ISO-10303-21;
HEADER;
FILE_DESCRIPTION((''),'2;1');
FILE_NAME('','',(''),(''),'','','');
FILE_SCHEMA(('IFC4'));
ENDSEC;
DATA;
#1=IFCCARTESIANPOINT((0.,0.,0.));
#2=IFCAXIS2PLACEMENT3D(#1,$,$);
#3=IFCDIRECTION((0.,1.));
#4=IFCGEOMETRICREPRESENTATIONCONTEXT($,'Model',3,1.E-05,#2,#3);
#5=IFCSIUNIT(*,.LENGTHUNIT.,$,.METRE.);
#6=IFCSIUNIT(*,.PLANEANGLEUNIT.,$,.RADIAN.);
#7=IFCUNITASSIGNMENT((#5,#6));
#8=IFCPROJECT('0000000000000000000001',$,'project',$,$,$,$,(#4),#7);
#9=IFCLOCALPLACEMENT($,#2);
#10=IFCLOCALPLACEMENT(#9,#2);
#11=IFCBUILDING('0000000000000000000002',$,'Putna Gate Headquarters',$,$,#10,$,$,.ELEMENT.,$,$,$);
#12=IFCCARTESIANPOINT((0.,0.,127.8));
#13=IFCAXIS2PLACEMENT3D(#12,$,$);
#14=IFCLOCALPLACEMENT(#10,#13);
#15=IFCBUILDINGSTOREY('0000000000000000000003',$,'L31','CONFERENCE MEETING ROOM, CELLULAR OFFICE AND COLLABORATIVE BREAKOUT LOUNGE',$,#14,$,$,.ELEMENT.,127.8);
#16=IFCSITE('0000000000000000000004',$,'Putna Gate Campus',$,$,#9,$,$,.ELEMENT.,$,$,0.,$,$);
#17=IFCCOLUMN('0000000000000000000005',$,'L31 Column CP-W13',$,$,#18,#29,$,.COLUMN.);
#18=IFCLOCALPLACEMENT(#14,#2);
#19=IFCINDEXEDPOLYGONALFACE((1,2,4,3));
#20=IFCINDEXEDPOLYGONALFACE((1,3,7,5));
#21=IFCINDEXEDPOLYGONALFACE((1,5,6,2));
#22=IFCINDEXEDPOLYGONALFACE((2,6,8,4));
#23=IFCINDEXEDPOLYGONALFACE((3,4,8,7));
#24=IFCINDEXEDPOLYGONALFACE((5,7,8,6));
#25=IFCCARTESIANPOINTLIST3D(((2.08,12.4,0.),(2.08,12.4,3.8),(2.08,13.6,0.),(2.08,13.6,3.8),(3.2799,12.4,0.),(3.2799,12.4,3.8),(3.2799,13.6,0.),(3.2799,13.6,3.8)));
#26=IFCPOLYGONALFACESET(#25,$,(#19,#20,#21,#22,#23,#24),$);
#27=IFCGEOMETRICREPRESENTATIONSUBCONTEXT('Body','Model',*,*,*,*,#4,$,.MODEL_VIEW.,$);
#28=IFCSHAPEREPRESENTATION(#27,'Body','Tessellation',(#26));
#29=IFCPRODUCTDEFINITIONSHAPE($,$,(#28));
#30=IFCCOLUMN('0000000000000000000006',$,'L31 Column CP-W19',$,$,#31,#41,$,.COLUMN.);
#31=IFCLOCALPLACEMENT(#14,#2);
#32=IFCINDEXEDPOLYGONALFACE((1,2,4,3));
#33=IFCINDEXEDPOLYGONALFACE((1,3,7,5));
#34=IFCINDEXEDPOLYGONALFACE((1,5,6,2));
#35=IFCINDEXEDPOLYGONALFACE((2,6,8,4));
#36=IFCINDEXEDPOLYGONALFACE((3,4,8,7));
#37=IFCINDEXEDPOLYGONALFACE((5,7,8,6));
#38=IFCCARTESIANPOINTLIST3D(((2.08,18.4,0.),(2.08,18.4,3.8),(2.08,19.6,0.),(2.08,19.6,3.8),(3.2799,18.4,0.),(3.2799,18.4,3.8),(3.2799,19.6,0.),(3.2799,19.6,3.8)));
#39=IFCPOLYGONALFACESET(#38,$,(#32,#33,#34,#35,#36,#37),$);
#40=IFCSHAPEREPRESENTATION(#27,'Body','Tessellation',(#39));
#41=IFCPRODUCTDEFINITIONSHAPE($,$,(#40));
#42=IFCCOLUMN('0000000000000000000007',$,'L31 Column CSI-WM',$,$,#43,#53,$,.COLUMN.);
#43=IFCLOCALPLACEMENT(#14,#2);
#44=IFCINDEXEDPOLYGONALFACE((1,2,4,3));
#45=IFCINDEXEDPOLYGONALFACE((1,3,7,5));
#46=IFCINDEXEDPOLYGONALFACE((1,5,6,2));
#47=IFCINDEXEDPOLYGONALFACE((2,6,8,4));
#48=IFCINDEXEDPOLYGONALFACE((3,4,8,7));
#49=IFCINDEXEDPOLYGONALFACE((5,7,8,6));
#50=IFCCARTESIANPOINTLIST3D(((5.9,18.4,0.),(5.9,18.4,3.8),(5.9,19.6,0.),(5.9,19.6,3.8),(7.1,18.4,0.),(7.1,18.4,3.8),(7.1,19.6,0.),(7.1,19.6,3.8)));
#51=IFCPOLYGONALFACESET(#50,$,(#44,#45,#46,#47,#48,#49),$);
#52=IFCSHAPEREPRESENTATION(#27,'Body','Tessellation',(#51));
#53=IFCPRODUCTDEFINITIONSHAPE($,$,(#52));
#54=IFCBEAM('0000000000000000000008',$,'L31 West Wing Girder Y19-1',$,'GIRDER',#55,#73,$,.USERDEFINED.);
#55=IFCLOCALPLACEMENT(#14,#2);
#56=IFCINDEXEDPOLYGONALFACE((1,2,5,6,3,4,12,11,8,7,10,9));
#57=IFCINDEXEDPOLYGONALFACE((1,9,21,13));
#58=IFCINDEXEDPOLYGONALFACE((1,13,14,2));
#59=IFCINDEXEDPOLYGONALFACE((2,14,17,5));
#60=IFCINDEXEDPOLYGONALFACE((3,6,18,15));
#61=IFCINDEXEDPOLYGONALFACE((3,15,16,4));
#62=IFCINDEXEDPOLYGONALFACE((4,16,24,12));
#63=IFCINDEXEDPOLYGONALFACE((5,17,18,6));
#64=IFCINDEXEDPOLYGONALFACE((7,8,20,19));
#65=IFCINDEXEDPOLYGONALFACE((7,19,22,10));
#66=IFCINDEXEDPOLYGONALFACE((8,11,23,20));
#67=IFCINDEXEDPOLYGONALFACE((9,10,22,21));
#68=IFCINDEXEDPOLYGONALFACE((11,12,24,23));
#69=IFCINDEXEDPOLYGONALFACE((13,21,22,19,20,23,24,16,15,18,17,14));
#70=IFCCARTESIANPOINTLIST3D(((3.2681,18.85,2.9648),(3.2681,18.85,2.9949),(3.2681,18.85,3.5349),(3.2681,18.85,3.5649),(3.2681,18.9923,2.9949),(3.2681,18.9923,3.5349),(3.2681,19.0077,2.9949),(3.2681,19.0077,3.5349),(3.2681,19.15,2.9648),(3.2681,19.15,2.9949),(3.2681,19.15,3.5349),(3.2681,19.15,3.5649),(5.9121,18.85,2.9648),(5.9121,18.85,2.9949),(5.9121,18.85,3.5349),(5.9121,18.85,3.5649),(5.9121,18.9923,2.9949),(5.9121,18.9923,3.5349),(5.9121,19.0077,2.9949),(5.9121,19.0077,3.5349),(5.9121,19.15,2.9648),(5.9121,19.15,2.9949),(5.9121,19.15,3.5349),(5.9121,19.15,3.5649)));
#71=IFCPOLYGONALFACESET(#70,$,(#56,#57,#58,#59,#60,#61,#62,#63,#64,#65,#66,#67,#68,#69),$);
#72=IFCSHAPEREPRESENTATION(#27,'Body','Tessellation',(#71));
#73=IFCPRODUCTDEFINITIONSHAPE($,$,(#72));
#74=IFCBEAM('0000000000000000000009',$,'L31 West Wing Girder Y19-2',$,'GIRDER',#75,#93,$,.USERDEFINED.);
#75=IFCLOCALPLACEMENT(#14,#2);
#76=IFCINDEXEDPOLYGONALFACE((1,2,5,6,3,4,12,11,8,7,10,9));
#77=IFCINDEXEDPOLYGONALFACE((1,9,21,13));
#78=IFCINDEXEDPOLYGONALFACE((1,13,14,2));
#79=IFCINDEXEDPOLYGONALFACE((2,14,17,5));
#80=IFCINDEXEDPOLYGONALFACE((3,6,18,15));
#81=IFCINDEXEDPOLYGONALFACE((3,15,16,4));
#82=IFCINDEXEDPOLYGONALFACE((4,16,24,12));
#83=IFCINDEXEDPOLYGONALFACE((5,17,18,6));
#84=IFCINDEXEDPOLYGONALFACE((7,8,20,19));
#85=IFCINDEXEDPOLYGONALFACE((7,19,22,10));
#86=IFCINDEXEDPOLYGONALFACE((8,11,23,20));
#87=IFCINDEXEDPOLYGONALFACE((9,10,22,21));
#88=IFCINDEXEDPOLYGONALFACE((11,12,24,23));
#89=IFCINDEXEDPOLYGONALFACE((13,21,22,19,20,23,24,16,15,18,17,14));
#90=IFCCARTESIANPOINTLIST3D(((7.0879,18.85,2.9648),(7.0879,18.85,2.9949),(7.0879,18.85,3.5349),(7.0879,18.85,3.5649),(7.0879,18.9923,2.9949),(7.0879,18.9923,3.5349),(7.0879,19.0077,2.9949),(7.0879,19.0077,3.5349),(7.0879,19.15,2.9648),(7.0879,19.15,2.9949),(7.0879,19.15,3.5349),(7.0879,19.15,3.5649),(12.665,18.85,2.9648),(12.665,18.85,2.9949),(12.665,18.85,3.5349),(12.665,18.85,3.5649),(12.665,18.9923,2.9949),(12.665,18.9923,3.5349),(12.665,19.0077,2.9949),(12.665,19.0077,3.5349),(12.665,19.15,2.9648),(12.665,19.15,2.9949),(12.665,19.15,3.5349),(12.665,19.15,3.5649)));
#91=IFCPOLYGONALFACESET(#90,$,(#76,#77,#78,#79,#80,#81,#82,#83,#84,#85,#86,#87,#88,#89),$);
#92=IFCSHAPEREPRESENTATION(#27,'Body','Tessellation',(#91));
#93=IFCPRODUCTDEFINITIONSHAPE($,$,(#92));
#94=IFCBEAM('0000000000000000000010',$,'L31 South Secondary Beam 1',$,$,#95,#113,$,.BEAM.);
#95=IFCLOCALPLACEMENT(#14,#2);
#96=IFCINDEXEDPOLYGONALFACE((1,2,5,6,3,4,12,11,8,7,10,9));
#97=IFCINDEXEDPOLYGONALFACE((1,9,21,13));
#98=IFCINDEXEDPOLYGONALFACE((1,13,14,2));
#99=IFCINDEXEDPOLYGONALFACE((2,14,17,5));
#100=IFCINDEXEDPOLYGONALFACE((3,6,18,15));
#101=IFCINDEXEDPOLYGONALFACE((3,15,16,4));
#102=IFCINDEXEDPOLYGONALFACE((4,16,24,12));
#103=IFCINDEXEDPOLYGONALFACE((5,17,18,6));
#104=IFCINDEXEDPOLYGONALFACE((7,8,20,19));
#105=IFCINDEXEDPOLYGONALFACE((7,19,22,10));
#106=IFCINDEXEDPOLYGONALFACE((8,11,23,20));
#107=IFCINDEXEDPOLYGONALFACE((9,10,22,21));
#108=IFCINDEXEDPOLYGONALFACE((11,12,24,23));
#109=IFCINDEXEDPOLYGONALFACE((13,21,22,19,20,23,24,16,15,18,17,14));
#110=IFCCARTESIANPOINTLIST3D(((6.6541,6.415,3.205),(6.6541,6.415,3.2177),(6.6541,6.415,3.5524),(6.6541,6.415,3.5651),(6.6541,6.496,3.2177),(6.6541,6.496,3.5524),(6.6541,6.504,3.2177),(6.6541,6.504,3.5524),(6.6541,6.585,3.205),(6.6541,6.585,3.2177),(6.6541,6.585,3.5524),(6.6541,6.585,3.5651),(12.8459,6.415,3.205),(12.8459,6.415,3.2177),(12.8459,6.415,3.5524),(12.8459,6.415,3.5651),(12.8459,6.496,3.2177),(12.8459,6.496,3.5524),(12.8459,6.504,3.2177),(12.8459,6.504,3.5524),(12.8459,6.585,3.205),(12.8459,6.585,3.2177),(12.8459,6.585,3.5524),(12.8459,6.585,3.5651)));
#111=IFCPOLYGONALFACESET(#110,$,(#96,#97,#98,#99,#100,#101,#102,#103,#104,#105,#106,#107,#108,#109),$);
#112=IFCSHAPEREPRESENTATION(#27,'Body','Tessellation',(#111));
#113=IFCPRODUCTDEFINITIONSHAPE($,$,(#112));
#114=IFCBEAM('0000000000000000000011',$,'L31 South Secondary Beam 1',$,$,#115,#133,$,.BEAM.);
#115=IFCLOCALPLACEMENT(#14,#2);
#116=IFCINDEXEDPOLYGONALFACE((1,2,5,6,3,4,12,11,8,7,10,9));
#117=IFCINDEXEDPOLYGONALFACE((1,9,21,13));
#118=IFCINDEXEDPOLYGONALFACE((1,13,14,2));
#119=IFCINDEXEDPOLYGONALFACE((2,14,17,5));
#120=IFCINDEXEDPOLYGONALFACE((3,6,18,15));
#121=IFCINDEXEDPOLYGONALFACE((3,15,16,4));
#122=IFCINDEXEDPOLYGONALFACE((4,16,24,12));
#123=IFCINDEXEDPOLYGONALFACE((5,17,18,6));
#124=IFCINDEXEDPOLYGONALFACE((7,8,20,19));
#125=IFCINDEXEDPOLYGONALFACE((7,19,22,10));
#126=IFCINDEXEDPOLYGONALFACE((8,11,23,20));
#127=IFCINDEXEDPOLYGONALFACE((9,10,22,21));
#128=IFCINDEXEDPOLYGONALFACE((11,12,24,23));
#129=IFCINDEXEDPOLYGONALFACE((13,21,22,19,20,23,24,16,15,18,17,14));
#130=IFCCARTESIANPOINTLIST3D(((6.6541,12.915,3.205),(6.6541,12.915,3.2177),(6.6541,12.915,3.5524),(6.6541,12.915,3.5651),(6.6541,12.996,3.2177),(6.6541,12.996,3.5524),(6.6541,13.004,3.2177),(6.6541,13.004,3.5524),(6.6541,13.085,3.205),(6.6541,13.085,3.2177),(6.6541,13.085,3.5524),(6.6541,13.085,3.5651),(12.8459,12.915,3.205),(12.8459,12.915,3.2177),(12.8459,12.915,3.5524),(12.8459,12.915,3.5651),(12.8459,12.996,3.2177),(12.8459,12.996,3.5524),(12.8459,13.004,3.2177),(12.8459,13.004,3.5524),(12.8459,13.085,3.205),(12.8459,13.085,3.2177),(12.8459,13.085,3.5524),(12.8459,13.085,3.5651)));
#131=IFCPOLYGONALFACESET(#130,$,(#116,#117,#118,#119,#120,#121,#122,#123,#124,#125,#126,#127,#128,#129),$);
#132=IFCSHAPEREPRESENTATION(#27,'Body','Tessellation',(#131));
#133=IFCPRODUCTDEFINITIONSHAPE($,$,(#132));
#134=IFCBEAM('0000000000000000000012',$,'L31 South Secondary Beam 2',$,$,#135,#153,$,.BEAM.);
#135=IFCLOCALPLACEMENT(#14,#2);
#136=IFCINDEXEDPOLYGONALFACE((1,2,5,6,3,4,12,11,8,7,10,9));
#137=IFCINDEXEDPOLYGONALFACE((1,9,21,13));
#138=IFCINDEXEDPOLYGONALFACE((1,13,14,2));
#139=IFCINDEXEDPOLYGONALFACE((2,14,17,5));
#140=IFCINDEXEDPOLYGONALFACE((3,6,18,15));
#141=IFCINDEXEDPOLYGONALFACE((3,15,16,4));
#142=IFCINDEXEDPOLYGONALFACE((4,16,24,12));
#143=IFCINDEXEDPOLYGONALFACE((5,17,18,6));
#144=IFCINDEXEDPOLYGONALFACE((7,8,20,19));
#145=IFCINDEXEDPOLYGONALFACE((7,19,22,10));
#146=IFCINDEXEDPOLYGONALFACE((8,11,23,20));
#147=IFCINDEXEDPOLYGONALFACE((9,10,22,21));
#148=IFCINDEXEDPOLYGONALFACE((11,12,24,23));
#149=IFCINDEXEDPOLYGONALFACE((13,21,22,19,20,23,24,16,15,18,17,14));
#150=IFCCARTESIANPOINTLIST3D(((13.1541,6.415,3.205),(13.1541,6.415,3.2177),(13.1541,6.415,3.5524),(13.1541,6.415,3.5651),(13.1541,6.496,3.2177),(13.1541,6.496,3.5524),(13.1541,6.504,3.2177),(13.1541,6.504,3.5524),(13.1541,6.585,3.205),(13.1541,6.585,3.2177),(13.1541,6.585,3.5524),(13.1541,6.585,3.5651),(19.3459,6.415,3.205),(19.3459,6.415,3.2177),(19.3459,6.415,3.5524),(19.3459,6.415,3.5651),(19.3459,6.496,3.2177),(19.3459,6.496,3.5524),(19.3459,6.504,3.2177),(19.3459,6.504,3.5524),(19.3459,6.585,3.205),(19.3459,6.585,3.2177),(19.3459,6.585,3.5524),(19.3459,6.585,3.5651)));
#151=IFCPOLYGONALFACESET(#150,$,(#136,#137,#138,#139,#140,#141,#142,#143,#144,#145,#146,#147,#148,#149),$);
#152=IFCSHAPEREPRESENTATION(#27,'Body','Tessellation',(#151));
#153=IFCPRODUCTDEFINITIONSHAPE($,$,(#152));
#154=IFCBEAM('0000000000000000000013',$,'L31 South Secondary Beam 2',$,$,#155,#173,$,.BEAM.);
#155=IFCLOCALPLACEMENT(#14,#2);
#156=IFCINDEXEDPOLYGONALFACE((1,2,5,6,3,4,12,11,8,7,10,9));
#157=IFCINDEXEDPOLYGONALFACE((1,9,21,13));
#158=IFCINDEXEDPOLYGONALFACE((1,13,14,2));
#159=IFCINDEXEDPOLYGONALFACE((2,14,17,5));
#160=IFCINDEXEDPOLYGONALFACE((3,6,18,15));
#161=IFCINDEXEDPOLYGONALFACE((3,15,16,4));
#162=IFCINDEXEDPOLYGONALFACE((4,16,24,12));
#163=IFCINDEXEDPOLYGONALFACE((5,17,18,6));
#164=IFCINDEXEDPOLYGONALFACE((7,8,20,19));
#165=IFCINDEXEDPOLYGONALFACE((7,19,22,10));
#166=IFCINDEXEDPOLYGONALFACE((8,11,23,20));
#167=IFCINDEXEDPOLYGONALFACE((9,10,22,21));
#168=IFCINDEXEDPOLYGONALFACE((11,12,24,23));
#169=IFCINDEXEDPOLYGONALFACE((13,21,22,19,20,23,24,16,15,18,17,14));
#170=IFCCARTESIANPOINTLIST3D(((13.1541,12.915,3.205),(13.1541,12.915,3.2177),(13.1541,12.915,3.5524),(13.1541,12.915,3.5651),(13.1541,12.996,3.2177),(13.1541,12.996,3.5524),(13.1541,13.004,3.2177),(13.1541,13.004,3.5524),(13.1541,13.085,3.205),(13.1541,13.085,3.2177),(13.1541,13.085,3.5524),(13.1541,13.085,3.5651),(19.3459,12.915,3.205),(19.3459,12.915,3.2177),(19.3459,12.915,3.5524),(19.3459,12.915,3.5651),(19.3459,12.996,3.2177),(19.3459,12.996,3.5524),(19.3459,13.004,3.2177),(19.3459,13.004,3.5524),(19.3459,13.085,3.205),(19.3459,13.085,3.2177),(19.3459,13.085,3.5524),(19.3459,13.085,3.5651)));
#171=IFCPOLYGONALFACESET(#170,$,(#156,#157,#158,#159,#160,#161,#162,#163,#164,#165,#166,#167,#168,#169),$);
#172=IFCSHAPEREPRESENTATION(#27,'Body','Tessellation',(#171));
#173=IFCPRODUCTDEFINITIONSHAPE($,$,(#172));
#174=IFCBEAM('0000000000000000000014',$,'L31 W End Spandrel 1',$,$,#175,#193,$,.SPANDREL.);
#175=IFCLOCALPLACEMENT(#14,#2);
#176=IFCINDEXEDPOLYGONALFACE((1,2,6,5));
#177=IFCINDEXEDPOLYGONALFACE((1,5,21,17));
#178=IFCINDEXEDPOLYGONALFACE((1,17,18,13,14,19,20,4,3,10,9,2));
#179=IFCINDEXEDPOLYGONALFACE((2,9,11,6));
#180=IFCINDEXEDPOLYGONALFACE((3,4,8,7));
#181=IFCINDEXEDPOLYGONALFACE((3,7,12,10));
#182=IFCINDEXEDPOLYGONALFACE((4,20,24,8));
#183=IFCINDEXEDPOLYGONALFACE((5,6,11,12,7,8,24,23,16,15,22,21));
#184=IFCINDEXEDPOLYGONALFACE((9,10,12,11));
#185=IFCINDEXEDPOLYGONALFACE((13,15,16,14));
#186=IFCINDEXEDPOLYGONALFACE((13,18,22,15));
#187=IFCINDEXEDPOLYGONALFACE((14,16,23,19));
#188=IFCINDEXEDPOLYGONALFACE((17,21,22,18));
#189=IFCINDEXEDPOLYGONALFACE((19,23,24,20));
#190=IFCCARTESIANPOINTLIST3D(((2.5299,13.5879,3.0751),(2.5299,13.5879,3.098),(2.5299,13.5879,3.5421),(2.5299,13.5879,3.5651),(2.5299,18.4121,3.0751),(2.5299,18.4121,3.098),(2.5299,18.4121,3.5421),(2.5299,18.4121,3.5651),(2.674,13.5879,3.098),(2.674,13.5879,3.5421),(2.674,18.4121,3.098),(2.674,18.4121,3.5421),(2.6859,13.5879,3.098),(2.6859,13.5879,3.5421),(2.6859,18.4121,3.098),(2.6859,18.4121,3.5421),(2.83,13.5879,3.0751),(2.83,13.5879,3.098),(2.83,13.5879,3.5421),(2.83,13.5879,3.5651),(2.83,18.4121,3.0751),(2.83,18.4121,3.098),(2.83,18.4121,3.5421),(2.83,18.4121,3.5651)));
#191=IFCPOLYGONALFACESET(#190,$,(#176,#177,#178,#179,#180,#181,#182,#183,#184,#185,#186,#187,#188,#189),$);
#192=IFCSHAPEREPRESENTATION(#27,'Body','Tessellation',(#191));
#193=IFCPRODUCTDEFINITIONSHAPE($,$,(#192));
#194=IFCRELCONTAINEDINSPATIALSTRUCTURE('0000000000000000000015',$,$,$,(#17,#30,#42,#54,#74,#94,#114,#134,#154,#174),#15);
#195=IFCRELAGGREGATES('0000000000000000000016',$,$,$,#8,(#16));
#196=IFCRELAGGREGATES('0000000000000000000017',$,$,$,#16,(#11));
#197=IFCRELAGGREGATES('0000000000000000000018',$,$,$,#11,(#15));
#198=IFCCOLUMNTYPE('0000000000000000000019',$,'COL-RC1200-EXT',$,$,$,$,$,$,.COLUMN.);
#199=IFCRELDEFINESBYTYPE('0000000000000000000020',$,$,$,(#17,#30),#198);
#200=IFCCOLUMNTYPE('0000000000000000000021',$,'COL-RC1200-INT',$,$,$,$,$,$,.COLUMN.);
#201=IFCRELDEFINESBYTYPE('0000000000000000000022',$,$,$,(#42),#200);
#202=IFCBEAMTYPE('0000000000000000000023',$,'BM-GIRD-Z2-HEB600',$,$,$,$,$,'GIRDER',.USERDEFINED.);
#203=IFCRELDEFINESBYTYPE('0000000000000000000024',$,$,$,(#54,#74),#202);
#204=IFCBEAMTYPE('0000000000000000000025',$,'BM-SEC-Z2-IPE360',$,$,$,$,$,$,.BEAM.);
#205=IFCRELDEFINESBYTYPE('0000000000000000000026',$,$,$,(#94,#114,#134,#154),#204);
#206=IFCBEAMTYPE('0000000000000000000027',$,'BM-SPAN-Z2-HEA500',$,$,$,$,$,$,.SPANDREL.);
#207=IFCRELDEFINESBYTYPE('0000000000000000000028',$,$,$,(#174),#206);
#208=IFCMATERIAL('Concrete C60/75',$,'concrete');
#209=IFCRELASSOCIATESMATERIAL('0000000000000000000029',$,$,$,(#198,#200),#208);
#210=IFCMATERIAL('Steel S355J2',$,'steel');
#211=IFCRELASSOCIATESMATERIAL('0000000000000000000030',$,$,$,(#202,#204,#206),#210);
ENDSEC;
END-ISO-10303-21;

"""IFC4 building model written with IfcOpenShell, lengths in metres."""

from ifc_helpers import new_model, si_unit, direction, frame, origin, origin_2d, place, context, subcontext, project, spatial, rectangle, i_section, extrude, material, material_profile, profile_set, type_object, element, save


model = new_model("IFC4")

# Units and contexts
model_context = context("Model", 3, precision=1e-05, world=origin(), true_north=direction((0.0, 1.0)))
body_context = subcontext(model_context, "Body", "Model", "MODEL_VIEW")
ifc_project = project(units=[si_unit("LENGTHUNIT", "METRE"), si_unit("PLANEANGLEUNIT", "RADIAN")], contexts=[model_context])

# Site, building, storey
site_placement = place(None, origin())
site = spatial("IfcSite", under=ifc_project, at=site_placement, Name="Putna Gate Campus", CompositionType="ELEMENT", RefElevation=0.0)
building_placement = place(site_placement, origin())
building = spatial("IfcBuilding", under=site, at=building_placement, Name="Putna Gate Headquarters", CompositionType="ELEMENT")
storey_placement = place(building_placement, frame((0.0, 0.0, 127.8)))
storey = spatial("IfcBuildingStorey", under=building, at=storey_placement, Name="L31", Description="CONFERENCE MEETING ROOM, CELLULAR OFFICE AND COLLABORATIVE BREAKOUT LOUNGE", CompositionType="ELEMENT", Elevation=127.8)

# Columns
ifc_material_1 = material(Name="Concrete C60/75", Category="concrete")
ifc_material_profile_1 = material_profile(ifc_material_1, rectangle(XDim=1.2, YDim=1.2, at=origin_2d()), Name="Concrete C60/75")
ifc_profile_set_1 = profile_set([ifc_material_profile_1], Name="Concrete C60/75")
column_type_1 = type_object("IfcColumnType", Name="COL-RC1200-EXT", PredefinedType="COLUMN", material=ifc_profile_set_1)
for number, where, z_axis, x_axis, name in (
    (1, (2.6799, 13.0, 0.0), (0.0, 0.0, 1.0), (1.0, 0.0, 0.0), "L31 Column CP-W13"),
    (2, (2.6799, 19.0, 0.0), (0.0, 0.0, 1.0), (1.0, 0.0, 0.0), "L31 Column CP-W19"),
):
    element("IfcColumn", number, at=place(storey_placement, frame(where, z_axis=z_axis, x_axis=x_axis)), inside=storey, type_object=column_type_1, Name=name, PredefinedType="COLUMN", context=body_context, shape_type="SweptSolid", body=[
        extrude(rectangle(XDim=1.2, YDim=1.2, at=origin_2d()), origin(), (0.0, 0.0, 1.0), 3.8),
    ])
ifc_material_profile_2 = material_profile(ifc_material_1, rectangle(XDim=1.2, YDim=1.2, at=origin_2d()), Name="Concrete C60/75")
ifc_profile_set_2 = profile_set([ifc_material_profile_2], Name="Concrete C60/75")
column_type_2 = type_object("IfcColumnType", Name="COL-RC1200-INT", PredefinedType="COLUMN", material=ifc_profile_set_2)
column_placement = place(storey_placement, frame((6.5, 19.0, 0.0), z_axis=(0.0, 0.0, 1.0), x_axis=(1.0, 0.0, 0.0)))
element("IfcColumn", 3, at=column_placement, inside=storey, type_object=column_type_2, Name="L31 Column CSI-WM", PredefinedType="COLUMN", context=body_context, shape_type="SweptSolid", body=[
    extrude(rectangle(XDim=1.2, YDim=1.2, at=origin_2d()), origin(), (0.0, 0.0, 1.0), 3.8),
])

# Beams
ifc_material_2 = material(Name="Steel S355J2", Category="steel")
ifc_material_profile_3 = material_profile(ifc_material_2, i_section(OverallWidth=0.3, OverallDepth=0.6001, WebThickness=0.0154, FlangeThickness=0.03, at=origin_2d()), Name="Steel S355J2")
ifc_profile_set_3 = profile_set([ifc_material_profile_3], Name="Steel S355J2")
beam_type_1 = type_object("IfcBeamType", Name="BM-GIRD-Z2-HEB600", ElementType="GIRDER", PredefinedType="USERDEFINED", material=ifc_profile_set_3)
beam_1_placement = place(storey_placement, frame((3.2681, 19.0, 3.2649), z_axis=(1.0, 0.0, 0.0), x_axis=(0.0, 1.0, 0.0)))
element("IfcBeam", 4, at=beam_1_placement, inside=storey, type_object=beam_type_1, Name="L31 West Wing Girder Y19-1", ObjectType="GIRDER", PredefinedType="USERDEFINED", context=body_context, shape_type="SweptSolid", body=[
    extrude(i_section(OverallWidth=0.3, OverallDepth=0.6001, WebThickness=0.0154, FlangeThickness=0.03, at=origin_2d()), origin(), (0.0, 0.0, 1.0), 2.644),
])
beam_2_placement = place(storey_placement, frame((7.0879, 19.0, 3.2649), z_axis=(1.0, 0.0, 0.0), x_axis=(0.0, 1.0, 0.0)))
element("IfcBeam", 5, at=beam_2_placement, inside=storey, type_object=beam_type_1, Name="L31 West Wing Girder Y19-2", ObjectType="GIRDER", PredefinedType="USERDEFINED", context=body_context, shape_type="SweptSolid", body=[
    extrude(i_section(OverallWidth=0.3, OverallDepth=0.6001, WebThickness=0.0154, FlangeThickness=0.03, at=origin_2d()), origin(), (0.0, 0.0, 1.0), 5.5771),
])
ifc_material_profile_4 = material_profile(ifc_material_2, i_section(OverallWidth=0.1699, OverallDepth=0.3601, WebThickness=0.0081, FlangeThickness=0.0127, at=origin_2d()), Name="Steel S355J2")
ifc_profile_set_4 = profile_set([ifc_material_profile_4], Name="Steel S355J2")
beam_type_2 = type_object("IfcBeamType", Name="BM-SEC-Z2-IPE360", PredefinedType="BEAM", material=ifc_profile_set_4)
for number, where, z_axis, x_axis, name in (
    (6, (6.6541, 6.5, 3.385), (1.0, 0.0, 0.0), (0.0, 1.0, 0.0), "L31 South Secondary Beam 1"),
    (7, (6.6541, 13.0, 3.385), (1.0, 0.0, 0.0), (0.0, 1.0, 0.0), "L31 South Secondary Beam 1"),
    (8, (13.1541, 6.5, 3.385), (1.0, 0.0, 0.0), (0.0, 1.0, 0.0), "L31 South Secondary Beam 2"),
    (9, (13.1541, 13.0, 3.385), (1.0, 0.0, 0.0), (0.0, 1.0, 0.0), "L31 South Secondary Beam 2"),
):
    element("IfcBeam", number, at=place(storey_placement, frame(where, z_axis=z_axis, x_axis=x_axis)), inside=storey, type_object=beam_type_2, Name=name, PredefinedType="BEAM", context=body_context, shape_type="SweptSolid", body=[
        extrude(i_section(OverallWidth=0.1699, OverallDepth=0.3601, WebThickness=0.0081, FlangeThickness=0.0127, at=origin_2d()), origin(), (0.0, 0.0, 1.0), 6.1919),
    ])
ifc_material_profile_5 = material_profile(ifc_material_2, i_section(OverallWidth=0.3, OverallDepth=0.49, WebThickness=0.012, FlangeThickness=0.0229, at=origin_2d()), Name="Steel S355J2")
ifc_profile_set_5 = profile_set([ifc_material_profile_5], Name="Steel S355J2")
beam_type_3 = type_object("IfcBeamType", Name="BM-SPAN-Z2-HEA500", PredefinedType="SPANDREL", material=ifc_profile_set_5)
beam_3_placement = place(storey_placement, frame((2.6799, 13.5879, 3.3201), z_axis=(0.0, 1.0, 0.0), x_axis=(-1.0, 0.0, 0.0)))
element("IfcBeam", 10, at=beam_3_placement, inside=storey, type_object=beam_type_3, Name="L31 W End Spandrel 1", PredefinedType="SPANDREL", context=body_context, shape_type="SweptSolid", body=[
    extrude(i_section(OverallWidth=0.3, OverallDepth=0.49, WebThickness=0.012, FlangeThickness=0.0229, at=origin_2d()), origin(), (0.0, 0.0, 1.0), 4.8242),
])

save(model, "model.ifc")
